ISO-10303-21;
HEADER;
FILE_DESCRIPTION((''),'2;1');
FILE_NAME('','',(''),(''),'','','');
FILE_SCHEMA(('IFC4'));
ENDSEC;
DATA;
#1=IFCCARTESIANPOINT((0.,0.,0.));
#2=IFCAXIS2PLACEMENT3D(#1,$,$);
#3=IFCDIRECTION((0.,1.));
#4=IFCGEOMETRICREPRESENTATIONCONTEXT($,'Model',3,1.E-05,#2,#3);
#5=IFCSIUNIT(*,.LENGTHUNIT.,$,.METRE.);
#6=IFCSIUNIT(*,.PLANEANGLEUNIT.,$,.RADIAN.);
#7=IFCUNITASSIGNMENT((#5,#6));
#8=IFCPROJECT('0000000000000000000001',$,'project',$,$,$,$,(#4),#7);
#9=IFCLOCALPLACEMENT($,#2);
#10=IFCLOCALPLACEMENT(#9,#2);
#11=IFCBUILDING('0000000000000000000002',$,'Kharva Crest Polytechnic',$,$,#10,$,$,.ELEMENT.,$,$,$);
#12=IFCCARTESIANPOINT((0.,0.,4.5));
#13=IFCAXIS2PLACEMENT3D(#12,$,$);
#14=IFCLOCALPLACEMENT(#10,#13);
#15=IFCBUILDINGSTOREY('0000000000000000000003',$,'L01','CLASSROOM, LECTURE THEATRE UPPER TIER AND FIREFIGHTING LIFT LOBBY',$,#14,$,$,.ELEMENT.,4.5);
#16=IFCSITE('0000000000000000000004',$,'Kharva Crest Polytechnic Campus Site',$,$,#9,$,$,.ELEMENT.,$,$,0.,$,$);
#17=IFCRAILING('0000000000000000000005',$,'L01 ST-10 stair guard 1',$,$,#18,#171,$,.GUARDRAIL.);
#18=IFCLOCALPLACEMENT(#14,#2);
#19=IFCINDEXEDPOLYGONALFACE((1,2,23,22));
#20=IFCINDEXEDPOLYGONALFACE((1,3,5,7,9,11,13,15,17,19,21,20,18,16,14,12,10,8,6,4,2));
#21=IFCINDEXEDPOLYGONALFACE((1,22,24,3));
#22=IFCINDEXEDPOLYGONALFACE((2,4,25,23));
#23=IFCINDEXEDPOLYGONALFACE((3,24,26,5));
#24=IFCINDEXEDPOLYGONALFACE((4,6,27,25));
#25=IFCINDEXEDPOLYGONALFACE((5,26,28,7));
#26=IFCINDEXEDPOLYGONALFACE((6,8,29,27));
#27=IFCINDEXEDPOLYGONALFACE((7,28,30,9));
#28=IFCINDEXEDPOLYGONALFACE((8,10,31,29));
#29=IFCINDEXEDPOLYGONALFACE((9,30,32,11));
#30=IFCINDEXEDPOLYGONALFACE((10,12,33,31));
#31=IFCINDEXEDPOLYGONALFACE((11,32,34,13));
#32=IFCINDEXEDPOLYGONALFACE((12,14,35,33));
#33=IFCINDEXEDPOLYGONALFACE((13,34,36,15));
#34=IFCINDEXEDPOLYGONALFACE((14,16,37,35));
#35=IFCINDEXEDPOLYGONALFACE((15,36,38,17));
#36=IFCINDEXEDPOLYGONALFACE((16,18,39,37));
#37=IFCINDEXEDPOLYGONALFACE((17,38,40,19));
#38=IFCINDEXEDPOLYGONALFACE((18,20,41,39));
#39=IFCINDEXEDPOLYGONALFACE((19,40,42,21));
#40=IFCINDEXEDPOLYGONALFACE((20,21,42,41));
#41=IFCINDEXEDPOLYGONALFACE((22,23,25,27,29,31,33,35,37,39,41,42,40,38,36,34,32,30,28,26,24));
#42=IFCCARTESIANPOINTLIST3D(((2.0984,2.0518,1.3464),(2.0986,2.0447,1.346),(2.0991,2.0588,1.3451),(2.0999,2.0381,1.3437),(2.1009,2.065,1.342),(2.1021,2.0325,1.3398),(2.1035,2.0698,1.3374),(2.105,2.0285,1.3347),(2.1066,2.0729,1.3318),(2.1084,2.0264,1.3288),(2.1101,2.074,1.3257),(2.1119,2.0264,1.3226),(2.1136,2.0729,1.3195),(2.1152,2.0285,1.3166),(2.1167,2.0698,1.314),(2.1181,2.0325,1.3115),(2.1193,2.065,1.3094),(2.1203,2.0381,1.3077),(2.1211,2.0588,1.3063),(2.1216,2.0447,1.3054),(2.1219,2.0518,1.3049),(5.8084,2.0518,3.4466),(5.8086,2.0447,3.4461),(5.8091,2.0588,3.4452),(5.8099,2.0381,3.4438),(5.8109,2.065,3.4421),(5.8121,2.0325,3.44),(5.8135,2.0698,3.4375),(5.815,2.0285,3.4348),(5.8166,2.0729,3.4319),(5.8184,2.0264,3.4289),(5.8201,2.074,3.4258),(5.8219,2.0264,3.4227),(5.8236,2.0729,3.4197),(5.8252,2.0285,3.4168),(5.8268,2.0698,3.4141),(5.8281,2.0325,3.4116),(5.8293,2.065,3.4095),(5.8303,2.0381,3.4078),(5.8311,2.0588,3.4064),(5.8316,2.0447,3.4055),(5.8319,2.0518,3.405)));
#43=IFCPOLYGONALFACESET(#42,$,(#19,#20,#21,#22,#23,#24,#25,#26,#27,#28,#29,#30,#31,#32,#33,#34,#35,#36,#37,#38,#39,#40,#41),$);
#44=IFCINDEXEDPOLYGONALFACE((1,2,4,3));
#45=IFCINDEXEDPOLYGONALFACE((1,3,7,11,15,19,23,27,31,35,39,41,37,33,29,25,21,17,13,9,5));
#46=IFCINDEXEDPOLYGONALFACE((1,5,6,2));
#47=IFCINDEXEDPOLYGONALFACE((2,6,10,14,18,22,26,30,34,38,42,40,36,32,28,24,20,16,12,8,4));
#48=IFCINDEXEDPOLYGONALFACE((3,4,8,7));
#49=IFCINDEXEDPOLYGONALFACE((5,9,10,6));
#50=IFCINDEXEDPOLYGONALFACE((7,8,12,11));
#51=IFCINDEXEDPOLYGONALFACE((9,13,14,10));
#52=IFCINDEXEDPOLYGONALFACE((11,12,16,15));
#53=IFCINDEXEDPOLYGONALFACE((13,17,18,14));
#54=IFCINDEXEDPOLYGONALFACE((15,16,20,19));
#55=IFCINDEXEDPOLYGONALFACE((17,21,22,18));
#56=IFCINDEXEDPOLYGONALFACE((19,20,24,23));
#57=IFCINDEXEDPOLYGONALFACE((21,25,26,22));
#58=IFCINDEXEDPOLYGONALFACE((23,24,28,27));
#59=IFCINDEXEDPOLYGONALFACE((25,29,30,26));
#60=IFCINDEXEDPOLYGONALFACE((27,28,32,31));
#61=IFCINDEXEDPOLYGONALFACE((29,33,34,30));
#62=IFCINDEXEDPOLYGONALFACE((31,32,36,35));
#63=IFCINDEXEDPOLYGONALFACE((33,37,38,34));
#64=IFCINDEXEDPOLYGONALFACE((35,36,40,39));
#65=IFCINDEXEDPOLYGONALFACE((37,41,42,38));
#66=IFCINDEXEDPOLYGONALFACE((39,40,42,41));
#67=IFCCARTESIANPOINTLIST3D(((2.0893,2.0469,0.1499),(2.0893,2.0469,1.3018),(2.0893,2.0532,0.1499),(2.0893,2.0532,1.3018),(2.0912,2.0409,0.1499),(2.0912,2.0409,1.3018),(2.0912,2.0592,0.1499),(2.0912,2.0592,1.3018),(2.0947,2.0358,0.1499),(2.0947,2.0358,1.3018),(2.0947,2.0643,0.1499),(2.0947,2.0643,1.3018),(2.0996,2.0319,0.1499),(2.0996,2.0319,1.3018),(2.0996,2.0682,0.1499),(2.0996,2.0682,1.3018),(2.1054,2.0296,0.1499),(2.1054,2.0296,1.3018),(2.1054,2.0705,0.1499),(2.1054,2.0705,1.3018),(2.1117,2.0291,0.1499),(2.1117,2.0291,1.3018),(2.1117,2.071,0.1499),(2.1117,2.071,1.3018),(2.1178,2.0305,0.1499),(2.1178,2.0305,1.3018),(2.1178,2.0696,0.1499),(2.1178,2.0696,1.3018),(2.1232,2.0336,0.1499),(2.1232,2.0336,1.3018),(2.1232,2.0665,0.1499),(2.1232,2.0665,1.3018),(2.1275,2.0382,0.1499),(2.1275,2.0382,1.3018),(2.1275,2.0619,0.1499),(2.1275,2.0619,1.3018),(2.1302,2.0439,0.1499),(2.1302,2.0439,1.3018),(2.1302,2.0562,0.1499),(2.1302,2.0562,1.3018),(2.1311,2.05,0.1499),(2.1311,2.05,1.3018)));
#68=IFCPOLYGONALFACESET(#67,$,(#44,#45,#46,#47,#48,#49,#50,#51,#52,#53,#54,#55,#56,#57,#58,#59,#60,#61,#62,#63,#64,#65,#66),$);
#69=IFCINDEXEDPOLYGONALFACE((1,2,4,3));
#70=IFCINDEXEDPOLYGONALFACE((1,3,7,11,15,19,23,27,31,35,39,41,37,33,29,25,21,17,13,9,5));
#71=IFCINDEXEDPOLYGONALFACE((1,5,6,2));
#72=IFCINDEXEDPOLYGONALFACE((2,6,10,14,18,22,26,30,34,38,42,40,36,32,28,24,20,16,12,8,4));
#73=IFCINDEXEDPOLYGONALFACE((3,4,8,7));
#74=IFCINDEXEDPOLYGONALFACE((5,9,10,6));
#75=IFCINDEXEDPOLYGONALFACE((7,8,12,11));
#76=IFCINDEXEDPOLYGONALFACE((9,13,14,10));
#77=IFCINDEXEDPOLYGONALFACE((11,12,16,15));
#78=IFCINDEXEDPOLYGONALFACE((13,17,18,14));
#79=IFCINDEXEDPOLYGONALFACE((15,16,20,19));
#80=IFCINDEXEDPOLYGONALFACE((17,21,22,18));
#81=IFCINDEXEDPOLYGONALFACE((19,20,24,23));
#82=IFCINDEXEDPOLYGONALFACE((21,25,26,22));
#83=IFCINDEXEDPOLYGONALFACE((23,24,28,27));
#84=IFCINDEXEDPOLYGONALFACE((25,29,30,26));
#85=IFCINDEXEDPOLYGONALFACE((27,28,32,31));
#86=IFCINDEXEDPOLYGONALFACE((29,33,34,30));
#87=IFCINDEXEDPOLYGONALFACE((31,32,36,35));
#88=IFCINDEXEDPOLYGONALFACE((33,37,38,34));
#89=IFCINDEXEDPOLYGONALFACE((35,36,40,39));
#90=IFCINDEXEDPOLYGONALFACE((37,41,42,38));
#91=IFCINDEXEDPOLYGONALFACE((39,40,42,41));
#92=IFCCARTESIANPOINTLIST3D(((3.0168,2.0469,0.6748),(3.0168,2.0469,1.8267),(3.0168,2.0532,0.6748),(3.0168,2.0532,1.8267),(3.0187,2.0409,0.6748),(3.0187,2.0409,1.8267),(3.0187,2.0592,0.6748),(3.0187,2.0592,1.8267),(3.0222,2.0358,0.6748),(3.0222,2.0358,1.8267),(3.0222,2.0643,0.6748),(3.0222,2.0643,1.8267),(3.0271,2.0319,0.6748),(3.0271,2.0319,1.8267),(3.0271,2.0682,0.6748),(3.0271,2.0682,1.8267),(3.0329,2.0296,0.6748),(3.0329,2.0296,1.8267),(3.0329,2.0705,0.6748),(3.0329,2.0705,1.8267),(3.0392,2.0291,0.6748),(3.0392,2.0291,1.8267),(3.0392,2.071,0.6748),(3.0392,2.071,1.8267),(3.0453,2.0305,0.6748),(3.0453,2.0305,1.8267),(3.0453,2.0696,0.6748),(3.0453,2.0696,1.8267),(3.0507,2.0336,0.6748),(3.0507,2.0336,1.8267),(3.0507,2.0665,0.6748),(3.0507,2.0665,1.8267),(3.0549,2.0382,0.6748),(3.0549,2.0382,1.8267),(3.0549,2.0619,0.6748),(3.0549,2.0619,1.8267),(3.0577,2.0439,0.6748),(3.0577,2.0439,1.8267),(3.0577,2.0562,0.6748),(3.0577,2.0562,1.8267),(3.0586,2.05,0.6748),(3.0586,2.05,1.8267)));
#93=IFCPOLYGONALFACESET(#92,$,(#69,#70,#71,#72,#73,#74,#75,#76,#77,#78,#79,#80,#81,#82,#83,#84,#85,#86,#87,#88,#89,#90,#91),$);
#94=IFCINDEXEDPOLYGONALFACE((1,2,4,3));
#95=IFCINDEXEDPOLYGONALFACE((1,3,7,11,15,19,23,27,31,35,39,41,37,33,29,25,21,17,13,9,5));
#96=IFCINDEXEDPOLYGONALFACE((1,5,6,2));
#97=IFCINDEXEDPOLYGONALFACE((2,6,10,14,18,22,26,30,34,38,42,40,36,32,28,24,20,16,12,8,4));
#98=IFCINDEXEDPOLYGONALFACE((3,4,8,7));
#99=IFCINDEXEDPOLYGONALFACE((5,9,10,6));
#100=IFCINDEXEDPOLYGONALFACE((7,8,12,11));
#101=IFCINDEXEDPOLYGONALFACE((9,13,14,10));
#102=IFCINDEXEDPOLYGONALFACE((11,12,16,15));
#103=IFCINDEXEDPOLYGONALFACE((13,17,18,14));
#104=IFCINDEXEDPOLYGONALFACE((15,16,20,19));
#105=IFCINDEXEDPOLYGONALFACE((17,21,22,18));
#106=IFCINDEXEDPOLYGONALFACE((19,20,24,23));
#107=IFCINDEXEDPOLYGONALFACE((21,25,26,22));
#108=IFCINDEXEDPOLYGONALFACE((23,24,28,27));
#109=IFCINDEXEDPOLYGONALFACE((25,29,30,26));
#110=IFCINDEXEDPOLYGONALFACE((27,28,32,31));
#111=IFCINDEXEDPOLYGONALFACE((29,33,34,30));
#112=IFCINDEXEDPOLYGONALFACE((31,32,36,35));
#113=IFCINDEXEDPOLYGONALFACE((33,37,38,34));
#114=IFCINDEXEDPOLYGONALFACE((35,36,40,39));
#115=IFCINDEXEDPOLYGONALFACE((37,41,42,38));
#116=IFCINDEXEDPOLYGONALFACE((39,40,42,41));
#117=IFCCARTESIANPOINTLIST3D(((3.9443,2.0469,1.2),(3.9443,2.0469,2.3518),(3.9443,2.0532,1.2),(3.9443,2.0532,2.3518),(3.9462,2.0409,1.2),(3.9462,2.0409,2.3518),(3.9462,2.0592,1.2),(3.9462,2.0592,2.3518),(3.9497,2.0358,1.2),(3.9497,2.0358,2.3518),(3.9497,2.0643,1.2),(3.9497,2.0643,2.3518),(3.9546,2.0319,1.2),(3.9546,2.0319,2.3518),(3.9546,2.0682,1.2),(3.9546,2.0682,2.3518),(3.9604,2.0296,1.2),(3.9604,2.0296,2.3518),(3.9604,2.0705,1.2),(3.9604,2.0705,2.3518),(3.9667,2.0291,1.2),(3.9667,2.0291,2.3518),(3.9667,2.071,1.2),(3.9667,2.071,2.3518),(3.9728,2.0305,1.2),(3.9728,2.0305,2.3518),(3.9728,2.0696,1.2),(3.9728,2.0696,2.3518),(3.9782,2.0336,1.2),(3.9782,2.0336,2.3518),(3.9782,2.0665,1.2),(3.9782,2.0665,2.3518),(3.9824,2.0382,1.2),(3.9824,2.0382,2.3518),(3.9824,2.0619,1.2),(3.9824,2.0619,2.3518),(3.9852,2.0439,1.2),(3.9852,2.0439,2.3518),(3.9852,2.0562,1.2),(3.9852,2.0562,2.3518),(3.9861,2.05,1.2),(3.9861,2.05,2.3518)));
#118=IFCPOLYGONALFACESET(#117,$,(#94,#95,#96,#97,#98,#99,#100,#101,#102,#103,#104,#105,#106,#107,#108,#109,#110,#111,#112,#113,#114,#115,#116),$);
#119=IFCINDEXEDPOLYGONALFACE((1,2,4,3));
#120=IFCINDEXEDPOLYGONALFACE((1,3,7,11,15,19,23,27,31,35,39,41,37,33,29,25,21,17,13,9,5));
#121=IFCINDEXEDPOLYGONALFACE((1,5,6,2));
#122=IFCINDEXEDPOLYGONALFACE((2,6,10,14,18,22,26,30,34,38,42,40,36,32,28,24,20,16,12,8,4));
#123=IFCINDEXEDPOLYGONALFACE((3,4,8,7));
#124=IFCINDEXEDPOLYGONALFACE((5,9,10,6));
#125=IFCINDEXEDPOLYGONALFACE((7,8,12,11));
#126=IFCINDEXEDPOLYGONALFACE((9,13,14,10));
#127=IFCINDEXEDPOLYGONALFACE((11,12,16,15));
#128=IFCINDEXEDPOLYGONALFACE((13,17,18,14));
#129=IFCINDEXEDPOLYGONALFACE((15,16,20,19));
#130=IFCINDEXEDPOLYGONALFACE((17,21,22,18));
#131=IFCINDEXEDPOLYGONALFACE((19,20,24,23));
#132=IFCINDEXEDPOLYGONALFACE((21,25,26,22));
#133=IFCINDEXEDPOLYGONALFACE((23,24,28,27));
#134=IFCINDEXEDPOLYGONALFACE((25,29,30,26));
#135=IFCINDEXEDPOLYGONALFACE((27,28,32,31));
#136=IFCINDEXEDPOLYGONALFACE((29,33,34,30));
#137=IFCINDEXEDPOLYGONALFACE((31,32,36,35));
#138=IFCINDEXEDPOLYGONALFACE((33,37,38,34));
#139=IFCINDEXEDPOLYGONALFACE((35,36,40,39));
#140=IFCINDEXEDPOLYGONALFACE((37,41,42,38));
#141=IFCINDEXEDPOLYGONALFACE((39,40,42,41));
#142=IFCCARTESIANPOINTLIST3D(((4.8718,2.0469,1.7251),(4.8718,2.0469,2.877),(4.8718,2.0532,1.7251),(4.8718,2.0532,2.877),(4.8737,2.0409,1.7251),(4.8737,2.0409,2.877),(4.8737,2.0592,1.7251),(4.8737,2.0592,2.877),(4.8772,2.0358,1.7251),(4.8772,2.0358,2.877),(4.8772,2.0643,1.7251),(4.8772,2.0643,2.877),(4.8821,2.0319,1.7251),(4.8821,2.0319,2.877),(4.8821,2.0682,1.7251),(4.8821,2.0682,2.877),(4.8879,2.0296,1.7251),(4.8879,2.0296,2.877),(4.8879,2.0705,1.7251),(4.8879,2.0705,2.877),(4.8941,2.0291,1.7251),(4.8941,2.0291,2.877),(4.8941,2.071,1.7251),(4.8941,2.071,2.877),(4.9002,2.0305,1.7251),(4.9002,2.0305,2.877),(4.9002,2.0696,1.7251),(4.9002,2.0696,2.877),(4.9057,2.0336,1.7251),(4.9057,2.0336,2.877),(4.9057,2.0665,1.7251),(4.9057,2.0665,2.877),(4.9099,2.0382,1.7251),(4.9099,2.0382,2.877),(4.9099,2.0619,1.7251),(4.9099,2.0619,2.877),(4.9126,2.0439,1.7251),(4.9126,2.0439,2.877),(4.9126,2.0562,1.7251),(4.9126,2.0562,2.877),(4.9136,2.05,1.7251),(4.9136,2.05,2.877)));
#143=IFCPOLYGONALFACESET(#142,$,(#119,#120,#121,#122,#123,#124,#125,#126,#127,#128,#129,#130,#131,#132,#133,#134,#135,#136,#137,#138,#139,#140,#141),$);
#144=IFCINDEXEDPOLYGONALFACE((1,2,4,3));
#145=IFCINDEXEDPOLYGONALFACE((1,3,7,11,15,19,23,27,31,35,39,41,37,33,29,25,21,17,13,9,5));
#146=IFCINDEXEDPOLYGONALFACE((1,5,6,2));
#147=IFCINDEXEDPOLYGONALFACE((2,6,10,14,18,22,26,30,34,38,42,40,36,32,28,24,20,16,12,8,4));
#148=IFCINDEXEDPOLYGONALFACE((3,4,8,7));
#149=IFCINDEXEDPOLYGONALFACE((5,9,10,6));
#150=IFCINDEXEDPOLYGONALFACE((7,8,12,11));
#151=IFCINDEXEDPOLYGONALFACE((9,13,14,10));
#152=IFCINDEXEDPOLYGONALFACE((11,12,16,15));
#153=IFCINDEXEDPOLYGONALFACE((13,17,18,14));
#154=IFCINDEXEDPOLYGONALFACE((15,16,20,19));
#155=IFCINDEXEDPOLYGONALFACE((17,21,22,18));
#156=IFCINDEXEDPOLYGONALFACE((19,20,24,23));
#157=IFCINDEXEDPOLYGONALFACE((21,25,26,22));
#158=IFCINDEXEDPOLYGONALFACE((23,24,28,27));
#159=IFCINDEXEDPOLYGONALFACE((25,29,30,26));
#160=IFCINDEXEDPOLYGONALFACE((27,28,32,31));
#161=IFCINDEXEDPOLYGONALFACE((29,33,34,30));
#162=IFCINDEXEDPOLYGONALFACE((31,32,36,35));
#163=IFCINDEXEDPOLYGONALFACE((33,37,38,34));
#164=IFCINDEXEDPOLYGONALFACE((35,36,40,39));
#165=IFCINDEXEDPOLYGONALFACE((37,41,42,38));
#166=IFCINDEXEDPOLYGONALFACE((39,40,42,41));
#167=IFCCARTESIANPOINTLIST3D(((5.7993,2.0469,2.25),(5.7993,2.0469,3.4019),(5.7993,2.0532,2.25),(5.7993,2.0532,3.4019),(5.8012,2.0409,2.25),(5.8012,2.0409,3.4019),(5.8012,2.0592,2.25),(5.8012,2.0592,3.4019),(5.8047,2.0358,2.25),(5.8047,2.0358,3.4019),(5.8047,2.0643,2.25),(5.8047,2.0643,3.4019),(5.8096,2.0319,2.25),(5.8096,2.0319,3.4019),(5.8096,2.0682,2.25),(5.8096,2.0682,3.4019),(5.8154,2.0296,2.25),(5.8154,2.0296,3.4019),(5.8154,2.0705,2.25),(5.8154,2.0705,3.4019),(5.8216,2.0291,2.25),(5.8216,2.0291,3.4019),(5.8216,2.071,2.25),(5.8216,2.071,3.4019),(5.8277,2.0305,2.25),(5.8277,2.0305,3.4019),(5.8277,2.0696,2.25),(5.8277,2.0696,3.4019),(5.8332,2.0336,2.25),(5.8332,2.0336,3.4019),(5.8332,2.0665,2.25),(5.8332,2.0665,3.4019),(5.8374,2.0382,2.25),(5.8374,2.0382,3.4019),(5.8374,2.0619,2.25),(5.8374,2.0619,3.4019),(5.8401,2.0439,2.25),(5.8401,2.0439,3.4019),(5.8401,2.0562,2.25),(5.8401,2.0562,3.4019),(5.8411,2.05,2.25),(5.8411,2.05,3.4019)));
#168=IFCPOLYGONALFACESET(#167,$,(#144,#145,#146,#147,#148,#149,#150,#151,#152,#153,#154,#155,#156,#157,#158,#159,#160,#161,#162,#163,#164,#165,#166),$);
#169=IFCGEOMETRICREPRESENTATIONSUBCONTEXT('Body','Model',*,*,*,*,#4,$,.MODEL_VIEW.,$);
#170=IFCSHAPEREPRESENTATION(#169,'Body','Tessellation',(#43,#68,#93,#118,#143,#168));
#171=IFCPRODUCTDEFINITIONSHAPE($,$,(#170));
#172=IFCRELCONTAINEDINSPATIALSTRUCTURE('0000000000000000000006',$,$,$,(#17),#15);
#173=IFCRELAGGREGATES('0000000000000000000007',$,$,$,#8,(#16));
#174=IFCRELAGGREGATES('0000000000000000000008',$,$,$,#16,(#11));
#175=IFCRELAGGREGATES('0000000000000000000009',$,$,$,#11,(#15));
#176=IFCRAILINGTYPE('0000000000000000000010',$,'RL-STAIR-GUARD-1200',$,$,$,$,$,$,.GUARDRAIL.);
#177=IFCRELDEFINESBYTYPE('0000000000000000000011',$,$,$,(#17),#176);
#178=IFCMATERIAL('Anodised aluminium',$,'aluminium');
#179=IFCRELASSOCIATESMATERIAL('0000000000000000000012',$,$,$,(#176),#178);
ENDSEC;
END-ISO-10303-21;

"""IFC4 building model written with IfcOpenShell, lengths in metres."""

from ifc_helpers import new_model, si_unit, direction, frame, origin, origin_2d, place, context, subcontext, project, spatial, circle, extrude, material, type_object, element, save


model = new_model("IFC4")

# Units and contexts
model_context = context("Model", 3, precision=1e-05, world=origin(), true_north=direction((0.0, 1.0)))
body_context = subcontext(model_context, "Body", "Model", "MODEL_VIEW")
ifc_project = project(units=[si_unit("LENGTHUNIT", "METRE"), si_unit("PLANEANGLEUNIT", "RADIAN")], contexts=[model_context])

# Site, building, storey
site_placement = place(None, origin())
site = spatial("IfcSite", under=ifc_project, at=site_placement, Name="Kharva Crest Polytechnic Campus Site", CompositionType="ELEMENT", RefElevation=0.0)
building_placement = place(site_placement, origin())
building = spatial("IfcBuilding", under=site, at=building_placement, Name="Kharva Crest Polytechnic", CompositionType="ELEMENT")
storey_placement = place(building_placement, frame((0.0, 0.0, 4.5)))
storey = spatial("IfcBuildingStorey", under=building, at=storey_placement, Name="L01", Description="CLASSROOM, LECTURE THEATRE UPPER TIER AND FIREFIGHTING LIFT LOBBY", CompositionType="ELEMENT", Elevation=4.5)

# Shared definitions
ifc_material_1 = material(Name="Anodised aluminium", Category="aluminium")

# Railing
railing_type_1 = type_object("IfcRailingType", Name="RL-STAIR-GUARD-1200", PredefinedType="GUARDRAIL", material=ifc_material_1)
railing_1_placement = place(storey_placement, frame((2.1101, 2.05, 0.1499)))
element("IfcRailing", 1, at=railing_1_placement, inside=storey, type_object=railing_type_1, Name="L01 ST-10 stair guard 1", PredefinedType="GUARDRAIL", context=body_context, shape_type="SweptSolid", body=[
    extrude(circle(Radius=0.0239, at=origin_2d()), frame((0.0, 0.0, 1.1758), z_axis=(0.870245, 0.0, 0.492619), x_axis=(0.0, 1.0, 0.0)), (0.0, 0.0, 1.0), 4.2632),
    extrude(circle(Radius=0.021, at=origin_2d()), origin(), (0.0, 0.0, 1.0), 1.1519),
    extrude(circle(Radius=0.021, at=origin_2d()), frame((0.9275, 0.0, 0.5249)), (0.0, 0.0, 1.0), 1.1519),
    extrude(circle(Radius=0.021, at=origin_2d()), frame((1.855, 0.0, 1.05)), (0.0, 0.0, 1.0), 1.1519),
    extrude(circle(Radius=0.021, at=origin_2d()), frame((2.7825, 0.0, 1.5752)), (0.0, 0.0, 1.0), 1.1519),
    extrude(circle(Radius=0.021, at=origin_2d()), frame((3.71, 0.0, 2.1001)), (0.0, 0.0, 1.0), 1.1519),
])

save(model, "model.ifc")
